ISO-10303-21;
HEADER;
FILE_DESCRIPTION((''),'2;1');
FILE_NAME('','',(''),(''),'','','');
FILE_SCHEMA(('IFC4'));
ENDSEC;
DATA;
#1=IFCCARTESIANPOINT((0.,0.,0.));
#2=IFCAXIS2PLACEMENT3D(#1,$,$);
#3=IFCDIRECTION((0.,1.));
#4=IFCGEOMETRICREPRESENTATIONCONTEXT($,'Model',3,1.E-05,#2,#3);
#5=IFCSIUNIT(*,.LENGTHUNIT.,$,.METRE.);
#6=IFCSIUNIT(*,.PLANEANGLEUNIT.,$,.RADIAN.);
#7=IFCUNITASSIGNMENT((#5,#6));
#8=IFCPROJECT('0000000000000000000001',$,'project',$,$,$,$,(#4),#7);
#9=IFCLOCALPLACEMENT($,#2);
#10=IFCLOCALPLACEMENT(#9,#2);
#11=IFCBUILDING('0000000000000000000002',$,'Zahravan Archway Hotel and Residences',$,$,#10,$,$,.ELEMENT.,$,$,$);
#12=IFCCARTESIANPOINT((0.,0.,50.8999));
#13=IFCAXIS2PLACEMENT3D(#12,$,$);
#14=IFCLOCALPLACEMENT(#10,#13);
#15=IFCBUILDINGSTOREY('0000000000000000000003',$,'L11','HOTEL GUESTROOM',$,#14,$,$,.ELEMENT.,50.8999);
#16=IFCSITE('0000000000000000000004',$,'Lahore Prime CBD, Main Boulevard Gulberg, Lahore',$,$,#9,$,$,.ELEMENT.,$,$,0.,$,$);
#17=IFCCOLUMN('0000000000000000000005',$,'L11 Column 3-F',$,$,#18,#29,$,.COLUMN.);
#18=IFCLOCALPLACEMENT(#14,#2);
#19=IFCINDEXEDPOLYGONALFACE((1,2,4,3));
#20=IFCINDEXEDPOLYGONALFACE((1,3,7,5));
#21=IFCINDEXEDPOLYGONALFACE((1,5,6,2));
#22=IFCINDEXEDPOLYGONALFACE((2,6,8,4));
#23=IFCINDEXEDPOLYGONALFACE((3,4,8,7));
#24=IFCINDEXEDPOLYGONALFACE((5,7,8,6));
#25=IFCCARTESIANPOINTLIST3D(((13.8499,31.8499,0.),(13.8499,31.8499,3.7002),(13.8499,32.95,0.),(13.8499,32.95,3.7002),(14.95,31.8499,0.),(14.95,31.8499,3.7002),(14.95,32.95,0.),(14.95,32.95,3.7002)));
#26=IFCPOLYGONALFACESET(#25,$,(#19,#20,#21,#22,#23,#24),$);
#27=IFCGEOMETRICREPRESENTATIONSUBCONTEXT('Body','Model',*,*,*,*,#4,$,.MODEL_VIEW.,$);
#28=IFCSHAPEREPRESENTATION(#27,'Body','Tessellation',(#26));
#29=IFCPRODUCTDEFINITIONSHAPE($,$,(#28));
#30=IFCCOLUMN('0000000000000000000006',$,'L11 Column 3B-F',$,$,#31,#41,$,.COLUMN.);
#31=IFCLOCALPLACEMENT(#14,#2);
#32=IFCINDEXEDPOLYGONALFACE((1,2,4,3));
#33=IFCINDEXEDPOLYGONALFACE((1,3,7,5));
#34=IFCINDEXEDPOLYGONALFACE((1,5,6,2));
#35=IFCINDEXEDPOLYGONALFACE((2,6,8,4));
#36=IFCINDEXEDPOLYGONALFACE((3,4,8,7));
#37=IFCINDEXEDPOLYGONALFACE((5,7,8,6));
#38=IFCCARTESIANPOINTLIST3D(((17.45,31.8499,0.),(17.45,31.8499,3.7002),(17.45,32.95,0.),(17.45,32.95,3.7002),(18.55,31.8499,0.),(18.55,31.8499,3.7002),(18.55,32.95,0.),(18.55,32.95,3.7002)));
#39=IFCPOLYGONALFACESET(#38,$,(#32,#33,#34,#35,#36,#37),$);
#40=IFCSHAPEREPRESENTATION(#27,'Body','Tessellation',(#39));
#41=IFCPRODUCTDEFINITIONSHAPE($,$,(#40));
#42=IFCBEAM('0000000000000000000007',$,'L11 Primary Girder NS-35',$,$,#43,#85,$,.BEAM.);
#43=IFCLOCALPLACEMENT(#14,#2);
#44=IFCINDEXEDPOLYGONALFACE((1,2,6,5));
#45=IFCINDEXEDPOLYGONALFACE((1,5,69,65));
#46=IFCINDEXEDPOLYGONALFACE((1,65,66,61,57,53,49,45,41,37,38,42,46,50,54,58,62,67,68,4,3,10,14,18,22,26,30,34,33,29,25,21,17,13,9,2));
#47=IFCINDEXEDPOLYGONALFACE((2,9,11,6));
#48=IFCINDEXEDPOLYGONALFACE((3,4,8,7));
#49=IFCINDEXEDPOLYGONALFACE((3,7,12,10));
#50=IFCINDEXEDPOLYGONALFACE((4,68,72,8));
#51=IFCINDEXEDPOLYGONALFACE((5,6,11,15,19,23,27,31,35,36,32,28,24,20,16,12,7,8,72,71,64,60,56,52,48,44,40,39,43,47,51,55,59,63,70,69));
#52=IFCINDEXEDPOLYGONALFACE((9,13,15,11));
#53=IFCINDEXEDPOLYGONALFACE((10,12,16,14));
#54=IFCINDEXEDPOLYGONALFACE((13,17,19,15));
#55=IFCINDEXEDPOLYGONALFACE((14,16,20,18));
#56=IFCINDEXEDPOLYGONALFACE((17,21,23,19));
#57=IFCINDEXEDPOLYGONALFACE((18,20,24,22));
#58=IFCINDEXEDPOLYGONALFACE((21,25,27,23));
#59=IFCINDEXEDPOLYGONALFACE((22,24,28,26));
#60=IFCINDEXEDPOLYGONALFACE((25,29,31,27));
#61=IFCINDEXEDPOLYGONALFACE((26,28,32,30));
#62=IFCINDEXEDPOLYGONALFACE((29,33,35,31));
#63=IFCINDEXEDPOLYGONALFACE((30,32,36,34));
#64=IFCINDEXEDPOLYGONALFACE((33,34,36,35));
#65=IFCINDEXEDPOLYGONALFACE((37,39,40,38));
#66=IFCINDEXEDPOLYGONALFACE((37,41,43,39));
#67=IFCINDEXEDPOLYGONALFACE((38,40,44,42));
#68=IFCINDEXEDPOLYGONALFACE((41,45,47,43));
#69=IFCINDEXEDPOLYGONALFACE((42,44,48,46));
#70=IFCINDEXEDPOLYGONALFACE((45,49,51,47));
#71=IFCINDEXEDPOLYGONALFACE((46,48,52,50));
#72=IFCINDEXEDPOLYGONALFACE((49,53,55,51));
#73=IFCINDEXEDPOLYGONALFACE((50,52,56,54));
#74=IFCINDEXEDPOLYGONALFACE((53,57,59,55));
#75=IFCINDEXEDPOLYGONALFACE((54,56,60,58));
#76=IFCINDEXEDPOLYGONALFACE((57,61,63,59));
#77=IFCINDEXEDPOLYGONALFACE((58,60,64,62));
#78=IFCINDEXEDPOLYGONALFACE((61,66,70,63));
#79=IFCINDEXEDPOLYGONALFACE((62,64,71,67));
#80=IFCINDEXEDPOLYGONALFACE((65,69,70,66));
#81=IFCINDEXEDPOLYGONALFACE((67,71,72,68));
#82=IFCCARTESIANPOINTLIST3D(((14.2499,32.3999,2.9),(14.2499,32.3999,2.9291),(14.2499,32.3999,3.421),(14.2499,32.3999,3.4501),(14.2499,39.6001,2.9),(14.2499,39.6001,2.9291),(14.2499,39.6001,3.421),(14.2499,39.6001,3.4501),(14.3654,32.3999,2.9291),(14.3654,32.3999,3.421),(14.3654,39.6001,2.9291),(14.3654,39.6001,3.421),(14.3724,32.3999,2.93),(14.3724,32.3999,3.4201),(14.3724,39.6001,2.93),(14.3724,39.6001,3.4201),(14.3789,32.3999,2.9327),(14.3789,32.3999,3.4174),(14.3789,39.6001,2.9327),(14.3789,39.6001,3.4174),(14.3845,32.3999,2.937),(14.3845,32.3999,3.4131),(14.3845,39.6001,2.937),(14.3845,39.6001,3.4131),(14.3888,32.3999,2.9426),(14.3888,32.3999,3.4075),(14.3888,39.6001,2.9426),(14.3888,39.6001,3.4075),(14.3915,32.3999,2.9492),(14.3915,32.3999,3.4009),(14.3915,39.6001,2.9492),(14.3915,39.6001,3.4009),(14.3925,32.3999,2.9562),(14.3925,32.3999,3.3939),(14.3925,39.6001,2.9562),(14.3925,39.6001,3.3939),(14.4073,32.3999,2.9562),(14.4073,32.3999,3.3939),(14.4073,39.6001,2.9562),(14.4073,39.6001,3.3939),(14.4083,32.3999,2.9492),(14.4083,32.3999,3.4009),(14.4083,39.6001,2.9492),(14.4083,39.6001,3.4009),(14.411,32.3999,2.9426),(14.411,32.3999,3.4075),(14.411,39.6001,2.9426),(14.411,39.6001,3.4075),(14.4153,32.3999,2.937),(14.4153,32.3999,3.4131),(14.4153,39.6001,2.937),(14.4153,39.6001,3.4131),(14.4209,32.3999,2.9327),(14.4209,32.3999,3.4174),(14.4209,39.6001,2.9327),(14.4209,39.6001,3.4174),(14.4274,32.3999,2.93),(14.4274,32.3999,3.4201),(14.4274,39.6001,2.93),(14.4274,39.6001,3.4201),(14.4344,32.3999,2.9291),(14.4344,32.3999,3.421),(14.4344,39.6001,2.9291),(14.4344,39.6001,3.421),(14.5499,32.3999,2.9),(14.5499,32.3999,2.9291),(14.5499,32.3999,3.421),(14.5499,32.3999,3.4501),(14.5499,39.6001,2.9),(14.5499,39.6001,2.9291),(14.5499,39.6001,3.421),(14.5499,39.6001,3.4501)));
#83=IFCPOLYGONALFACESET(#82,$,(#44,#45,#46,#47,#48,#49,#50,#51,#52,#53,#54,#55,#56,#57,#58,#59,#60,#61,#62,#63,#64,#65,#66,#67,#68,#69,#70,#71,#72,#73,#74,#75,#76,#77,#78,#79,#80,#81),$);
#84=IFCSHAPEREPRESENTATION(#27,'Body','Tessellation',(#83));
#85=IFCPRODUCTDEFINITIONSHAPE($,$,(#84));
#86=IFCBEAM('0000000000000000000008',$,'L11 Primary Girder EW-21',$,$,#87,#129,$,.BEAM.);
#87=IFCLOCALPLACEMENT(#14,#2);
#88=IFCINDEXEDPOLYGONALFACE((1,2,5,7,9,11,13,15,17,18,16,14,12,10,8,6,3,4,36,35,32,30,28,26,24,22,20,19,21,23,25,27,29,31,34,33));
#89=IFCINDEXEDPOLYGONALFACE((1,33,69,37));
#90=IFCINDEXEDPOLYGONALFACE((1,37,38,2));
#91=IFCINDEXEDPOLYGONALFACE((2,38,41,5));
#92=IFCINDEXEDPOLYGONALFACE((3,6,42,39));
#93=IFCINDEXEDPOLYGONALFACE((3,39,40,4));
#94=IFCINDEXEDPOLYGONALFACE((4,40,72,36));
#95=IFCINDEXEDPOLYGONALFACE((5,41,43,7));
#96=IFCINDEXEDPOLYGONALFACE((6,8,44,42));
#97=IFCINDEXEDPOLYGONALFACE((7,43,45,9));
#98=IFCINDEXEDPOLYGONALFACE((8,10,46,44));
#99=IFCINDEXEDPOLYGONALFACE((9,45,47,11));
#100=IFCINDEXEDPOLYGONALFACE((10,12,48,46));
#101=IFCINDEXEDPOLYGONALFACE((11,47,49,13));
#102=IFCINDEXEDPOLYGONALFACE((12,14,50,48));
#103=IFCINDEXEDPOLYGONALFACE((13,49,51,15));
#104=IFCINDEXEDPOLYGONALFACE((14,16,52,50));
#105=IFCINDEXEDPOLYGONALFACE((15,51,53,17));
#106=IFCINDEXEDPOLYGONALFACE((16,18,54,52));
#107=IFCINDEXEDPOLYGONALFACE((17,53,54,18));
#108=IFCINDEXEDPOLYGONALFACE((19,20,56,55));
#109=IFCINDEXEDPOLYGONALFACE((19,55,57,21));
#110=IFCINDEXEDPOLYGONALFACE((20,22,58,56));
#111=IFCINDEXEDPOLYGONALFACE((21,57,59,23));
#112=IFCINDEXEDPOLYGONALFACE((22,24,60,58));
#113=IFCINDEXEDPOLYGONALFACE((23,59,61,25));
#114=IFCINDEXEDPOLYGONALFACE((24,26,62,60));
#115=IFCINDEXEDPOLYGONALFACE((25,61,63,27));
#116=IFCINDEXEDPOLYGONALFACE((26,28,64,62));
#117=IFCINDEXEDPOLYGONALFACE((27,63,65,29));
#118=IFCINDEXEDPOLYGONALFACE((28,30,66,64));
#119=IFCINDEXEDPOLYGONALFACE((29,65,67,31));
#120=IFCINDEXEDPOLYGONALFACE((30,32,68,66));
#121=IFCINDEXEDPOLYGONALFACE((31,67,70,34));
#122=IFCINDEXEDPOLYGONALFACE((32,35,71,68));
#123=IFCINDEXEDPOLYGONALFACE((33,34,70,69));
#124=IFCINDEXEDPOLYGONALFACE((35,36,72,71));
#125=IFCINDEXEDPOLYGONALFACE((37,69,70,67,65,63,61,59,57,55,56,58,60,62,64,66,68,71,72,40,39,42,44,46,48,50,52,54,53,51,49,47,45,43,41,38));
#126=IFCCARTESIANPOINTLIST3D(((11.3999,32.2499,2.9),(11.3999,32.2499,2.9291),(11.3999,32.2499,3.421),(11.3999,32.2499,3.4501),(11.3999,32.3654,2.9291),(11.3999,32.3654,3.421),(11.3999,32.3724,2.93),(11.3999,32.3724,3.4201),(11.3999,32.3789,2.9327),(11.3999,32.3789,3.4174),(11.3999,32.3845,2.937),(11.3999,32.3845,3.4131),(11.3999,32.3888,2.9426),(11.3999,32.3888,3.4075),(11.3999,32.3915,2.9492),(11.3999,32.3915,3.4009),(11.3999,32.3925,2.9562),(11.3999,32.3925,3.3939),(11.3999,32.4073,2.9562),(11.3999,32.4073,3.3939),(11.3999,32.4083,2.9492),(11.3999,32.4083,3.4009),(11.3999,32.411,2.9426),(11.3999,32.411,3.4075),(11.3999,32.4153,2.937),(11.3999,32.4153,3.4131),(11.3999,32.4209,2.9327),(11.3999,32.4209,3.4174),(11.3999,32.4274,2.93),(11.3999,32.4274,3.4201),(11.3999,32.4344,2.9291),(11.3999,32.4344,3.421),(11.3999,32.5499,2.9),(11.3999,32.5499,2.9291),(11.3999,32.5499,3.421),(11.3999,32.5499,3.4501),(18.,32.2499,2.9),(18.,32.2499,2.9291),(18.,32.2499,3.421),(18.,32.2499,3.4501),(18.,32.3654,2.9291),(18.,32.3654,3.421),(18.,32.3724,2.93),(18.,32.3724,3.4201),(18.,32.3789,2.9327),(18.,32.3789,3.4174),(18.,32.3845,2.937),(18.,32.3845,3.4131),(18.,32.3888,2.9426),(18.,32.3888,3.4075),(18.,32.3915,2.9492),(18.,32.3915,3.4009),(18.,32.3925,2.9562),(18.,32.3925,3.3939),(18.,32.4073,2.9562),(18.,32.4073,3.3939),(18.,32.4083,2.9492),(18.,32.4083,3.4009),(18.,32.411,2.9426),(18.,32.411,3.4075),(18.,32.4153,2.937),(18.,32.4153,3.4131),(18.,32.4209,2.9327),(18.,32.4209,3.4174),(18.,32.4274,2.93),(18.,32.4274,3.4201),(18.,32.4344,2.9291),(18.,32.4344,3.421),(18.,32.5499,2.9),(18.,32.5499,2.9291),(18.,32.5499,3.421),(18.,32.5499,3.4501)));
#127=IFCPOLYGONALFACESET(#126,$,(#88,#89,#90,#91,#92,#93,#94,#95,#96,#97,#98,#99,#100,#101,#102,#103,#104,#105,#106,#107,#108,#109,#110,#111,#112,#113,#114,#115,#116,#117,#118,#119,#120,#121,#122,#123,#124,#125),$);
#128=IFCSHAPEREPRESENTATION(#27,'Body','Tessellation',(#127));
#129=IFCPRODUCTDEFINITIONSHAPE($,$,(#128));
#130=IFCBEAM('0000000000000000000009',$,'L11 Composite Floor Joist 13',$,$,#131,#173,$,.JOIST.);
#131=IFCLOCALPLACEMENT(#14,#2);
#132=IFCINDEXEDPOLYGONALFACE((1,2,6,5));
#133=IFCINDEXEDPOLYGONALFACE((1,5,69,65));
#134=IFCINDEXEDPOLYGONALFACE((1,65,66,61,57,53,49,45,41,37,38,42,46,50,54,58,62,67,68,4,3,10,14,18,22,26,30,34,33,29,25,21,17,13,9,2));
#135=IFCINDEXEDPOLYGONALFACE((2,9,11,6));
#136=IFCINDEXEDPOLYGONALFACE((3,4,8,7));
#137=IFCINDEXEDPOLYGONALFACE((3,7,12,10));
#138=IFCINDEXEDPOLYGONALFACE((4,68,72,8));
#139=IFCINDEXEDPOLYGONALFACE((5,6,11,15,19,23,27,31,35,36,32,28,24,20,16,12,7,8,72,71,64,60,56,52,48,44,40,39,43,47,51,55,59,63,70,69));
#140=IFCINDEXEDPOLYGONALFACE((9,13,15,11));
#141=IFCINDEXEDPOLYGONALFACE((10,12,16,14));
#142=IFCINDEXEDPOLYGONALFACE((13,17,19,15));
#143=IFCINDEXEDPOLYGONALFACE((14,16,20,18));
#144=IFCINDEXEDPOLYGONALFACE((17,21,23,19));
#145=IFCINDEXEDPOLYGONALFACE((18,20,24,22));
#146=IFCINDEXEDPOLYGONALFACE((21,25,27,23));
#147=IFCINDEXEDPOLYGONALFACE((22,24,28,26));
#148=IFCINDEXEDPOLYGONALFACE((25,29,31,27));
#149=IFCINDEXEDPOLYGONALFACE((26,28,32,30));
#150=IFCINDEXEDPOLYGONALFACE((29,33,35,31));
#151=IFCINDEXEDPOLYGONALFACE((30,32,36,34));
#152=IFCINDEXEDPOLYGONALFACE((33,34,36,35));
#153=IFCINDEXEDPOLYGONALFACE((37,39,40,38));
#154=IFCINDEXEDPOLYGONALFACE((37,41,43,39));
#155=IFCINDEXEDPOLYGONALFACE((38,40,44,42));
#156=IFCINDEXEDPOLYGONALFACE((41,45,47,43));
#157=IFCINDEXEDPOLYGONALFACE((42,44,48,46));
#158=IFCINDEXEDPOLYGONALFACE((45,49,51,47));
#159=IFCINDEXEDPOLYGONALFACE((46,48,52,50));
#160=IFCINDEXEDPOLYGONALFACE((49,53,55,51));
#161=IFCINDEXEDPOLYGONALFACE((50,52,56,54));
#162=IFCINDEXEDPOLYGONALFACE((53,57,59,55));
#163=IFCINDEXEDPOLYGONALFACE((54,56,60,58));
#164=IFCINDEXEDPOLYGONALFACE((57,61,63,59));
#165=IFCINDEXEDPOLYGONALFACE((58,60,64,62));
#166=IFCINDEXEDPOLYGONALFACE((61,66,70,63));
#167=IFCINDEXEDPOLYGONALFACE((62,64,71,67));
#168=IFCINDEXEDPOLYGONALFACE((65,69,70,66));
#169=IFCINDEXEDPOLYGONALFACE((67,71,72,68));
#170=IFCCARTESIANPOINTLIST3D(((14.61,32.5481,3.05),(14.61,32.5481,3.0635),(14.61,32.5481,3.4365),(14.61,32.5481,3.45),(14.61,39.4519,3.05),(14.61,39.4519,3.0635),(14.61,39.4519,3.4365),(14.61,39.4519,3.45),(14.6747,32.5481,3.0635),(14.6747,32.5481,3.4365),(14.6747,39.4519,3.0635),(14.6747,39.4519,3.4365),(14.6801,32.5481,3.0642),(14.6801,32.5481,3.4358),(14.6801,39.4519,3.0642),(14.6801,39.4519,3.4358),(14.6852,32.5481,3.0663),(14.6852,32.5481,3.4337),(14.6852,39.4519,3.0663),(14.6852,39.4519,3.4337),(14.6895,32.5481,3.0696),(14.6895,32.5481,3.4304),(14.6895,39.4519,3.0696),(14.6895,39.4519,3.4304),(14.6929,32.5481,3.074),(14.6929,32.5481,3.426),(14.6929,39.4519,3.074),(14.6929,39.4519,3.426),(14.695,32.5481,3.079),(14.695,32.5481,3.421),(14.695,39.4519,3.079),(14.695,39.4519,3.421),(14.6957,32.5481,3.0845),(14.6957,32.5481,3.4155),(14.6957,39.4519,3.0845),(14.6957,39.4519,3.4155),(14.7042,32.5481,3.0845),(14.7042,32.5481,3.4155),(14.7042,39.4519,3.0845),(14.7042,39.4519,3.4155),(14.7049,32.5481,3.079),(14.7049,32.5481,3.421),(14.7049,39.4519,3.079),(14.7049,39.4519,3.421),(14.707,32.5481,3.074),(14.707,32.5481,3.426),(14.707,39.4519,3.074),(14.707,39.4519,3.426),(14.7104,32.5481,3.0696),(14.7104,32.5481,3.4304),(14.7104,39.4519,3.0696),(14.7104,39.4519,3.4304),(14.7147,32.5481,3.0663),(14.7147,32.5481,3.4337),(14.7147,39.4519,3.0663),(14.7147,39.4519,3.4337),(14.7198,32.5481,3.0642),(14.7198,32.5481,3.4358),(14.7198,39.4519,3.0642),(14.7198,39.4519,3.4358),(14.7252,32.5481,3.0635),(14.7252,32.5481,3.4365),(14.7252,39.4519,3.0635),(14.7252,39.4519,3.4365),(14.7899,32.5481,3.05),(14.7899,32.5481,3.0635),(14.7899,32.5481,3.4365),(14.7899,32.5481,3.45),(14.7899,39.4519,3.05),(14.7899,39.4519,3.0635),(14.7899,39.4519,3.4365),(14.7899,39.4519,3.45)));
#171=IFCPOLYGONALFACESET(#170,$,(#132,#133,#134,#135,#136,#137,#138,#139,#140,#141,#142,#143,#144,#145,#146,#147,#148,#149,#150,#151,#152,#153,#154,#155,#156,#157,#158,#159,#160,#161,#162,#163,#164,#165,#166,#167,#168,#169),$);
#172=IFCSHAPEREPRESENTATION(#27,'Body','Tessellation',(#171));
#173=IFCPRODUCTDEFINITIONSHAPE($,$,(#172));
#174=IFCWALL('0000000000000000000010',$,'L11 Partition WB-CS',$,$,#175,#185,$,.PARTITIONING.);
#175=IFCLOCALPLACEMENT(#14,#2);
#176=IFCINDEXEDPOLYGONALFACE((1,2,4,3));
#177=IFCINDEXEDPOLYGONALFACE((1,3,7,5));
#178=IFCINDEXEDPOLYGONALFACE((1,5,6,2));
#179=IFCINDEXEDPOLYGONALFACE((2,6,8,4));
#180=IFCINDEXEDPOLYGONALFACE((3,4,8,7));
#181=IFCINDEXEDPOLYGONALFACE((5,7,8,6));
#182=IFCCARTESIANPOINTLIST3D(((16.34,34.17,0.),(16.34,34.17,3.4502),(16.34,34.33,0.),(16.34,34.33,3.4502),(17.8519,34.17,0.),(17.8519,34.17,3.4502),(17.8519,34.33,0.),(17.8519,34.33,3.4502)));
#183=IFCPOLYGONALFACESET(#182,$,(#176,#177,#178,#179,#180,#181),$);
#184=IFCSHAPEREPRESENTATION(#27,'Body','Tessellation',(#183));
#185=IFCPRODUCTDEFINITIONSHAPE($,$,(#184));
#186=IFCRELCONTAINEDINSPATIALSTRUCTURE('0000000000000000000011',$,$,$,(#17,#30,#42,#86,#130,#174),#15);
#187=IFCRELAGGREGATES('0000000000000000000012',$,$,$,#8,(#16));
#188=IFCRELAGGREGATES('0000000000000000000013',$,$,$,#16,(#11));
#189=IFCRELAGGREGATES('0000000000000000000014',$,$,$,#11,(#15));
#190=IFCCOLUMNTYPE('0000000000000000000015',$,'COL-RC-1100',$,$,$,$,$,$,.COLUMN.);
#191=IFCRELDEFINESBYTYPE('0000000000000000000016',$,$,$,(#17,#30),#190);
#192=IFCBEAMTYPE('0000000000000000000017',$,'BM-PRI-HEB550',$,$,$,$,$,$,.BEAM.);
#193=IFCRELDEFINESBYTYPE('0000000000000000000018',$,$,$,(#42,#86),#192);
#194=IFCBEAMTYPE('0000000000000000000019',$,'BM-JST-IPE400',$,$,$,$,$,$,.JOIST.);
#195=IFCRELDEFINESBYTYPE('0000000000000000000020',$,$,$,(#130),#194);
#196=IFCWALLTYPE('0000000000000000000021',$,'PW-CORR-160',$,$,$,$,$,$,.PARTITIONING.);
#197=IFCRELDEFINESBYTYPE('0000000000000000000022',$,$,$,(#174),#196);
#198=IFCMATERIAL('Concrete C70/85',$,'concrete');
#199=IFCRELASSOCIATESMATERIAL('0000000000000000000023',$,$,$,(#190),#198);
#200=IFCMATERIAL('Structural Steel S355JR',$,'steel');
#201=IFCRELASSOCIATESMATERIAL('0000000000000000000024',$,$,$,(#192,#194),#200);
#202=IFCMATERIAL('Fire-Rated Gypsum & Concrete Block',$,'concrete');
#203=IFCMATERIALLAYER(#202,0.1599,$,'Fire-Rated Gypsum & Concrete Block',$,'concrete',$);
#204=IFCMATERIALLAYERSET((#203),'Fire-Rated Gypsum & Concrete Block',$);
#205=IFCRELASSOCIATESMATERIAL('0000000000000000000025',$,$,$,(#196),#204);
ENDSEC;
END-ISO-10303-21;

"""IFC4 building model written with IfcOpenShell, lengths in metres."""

from ifc_helpers import new_model, si_unit, direction, frame, frame_2d, origin, origin_2d, place, context, subcontext, project, spatial, rectangle, i_section, extrude, source, transform, mapped, material, layer, layer_set, material_profile, profile_set, type_object, type_shapes, element, save


model = new_model("IFC4")

# Units and contexts
model_context = context("Model", 3, precision=1e-05, world=origin(), true_north=direction((0.0, 1.0)))
body_context = subcontext(model_context, "Body", "Model", "MODEL_VIEW")
ifc_project = project(units=[si_unit("LENGTHUNIT", "METRE"), si_unit("PLANEANGLEUNIT", "RADIAN")], contexts=[model_context])

# Site, building, storey
site_placement = place(None, origin())
site = spatial("IfcSite", under=ifc_project, at=site_placement, Name="Lahore Prime CBD, Main Boulevard Gulberg, Lahore", CompositionType="ELEMENT", RefElevation=0.0)
building_placement = place(site_placement, origin())
building = spatial("IfcBuilding", under=site, at=building_placement, Name="Zahravan Archway Hotel and Residences", CompositionType="ELEMENT")
storey_placement = place(building_placement, frame((0.0, 0.0, 50.8999)))
storey = spatial("IfcBuildingStorey", under=building, at=storey_placement, Name="L11", Description="HOTEL GUESTROOM", CompositionType="ELEMENT", Elevation=50.8999)

# Columns
ifc_material_1 = material(Name="Concrete C70/85", Category="concrete")
ifc_material_profile_1 = material_profile(ifc_material_1, rectangle(XDim=1.1001, YDim=1.1001, at=origin_2d()), Name="RC 1100x1100", Category="concrete")
ifc_profile_set_1 = profile_set([ifc_material_profile_1], Name="Concrete C70/85")
column_type = type_object("IfcColumnType", Name="COL-RC-1100", PredefinedType="COLUMN", material=ifc_profile_set_1)
shared_shape_1 = source(origin(), body_context, "Body", "SweptSolid", [
    extrude(rectangle(XDim=1.1001, YDim=1.1001, at=origin_2d()), origin(), (0.0, 0.0, 1.0), 3.7002),
])
for number, where, z_axis, x_axis, name in (
    (1, (14.3999, 32.3999, 0.0), (0.0, 0.0, 1.0), (1.0, 0.0, 0.0), "L11 Column 3-F"),
    (2, (18.0, 32.3999, 0.0), (0.0, 0.0, 1.0), (1.0, 0.0, 0.0), "L11 Column 3B-F"),
):
    element("IfcColumn", number, at=place(storey_placement, frame(where, z_axis=z_axis, x_axis=x_axis)), inside=storey, type_object=column_type, Name=name, PredefinedType="COLUMN", context=body_context, shape_type="MappedRepresentation", body=[
        mapped(shared_shape_1, transform((0.0, 0.0, 0.0), scale=1.0)),
    ])

# Beams
ifc_material_2 = material(Name="Structural Steel S355JR", Category="steel")
ifc_material_profile_2 = material_profile(ifc_material_2, i_section(OverallWidth=0.3, OverallDepth=0.55, WebThickness=0.0149, FlangeThickness=0.0291, FilletRadius=0.0271, at=origin_2d()), Name="HEB 550", Category="steel")
ifc_profile_set_2 = profile_set([ifc_material_profile_2], Name="Structural Steel S355JR")
beam_type_1 = type_object("IfcBeamType", Name="BM-PRI-HEB550", PredefinedType="BEAM", material=ifc_profile_set_2)
shared_shape_2 = source(origin(), body_context, "Body", "SweptSolid", [
    extrude(i_section(OverallWidth=0.3, OverallDepth=0.55, WebThickness=0.0149, FlangeThickness=0.0291, FilletRadius=0.0271, at=origin_2d()), origin(), (0.0, 0.0, 1.0), 7.2002),
])
type_shapes(beam_type_1, [shared_shape_2])
beam_1_placement = place(storey_placement, frame((14.3999, 32.3999, 3.175), z_axis=(0.0, 1.0, 0.0), x_axis=(-1.0, 0.0, 0.0)))
element("IfcBeam", 3, at=beam_1_placement, inside=storey, type_object=beam_type_1, Name="L11 Primary Girder NS-35", PredefinedType="BEAM", context=body_context, shape_type="MappedRepresentation", body=[
    mapped(shared_shape_2, transform((0.0, 0.0, 0.0), scale=1.0)),
])
shared_shape_3 = source(origin(), body_context, "Body", "SweptSolid", [
    extrude(i_section(OverallWidth=0.3, OverallDepth=0.55, WebThickness=0.0149, FlangeThickness=0.0291, FilletRadius=0.0271, at=origin_2d()), origin(), (0.0, 0.0, 1.0), 6.6001),
])
beam_2_placement = place(storey_placement, frame((11.3999, 32.3999, 3.175), z_axis=(1.0, 0.0, 0.0), x_axis=(0.0, 1.0, 0.0)))
element("IfcBeam", 4, at=beam_2_placement, inside=storey, type_object=beam_type_1, Name="L11 Primary Girder EW-21", PredefinedType="BEAM", context=body_context, shape_type="MappedRepresentation", body=[
    mapped(shared_shape_3, transform((0.0, 0.0, 0.0), scale=1.0)),
])
ifc_material_profile_3 = material_profile(ifc_material_2, i_section(OverallWidth=0.1799, OverallDepth=0.3999, WebThickness=0.0085, FlangeThickness=0.0134, FilletRadius=0.021, at=origin_2d()), Name="IPE 400", Category="steel")
ifc_profile_set_3 = profile_set([ifc_material_profile_3], Name="Structural Steel S355JR")
beam_type_2 = type_object("IfcBeamType", Name="BM-JST-IPE400", PredefinedType="JOIST", material=ifc_profile_set_3)
shared_shape_4 = source(origin(), body_context, "Body", "SweptSolid", [
    extrude(i_section(OverallWidth=0.1799, OverallDepth=0.3999, WebThickness=0.0085, FlangeThickness=0.0134, FilletRadius=0.021, at=origin_2d()), origin(), (0.0, 0.0, 1.0), 6.9038),
])
beam_3_placement = place(storey_placement, frame((14.7, 32.5481, 3.25), z_axis=(0.0, 1.0, 0.0), x_axis=(-1.0, 0.0, 0.0)))
element("IfcBeam", 5, at=beam_3_placement, inside=storey, type_object=beam_type_2, Name="L11 Composite Floor Joist 13", PredefinedType="JOIST", context=body_context, shape_type="MappedRepresentation", body=[
    mapped(shared_shape_4, transform((0.0, 0.0, 0.0), scale=1.0)),
])

# Wall
ifc_material_3 = material(Name="Fire-Rated Gypsum & Concrete Block", Category="concrete")
ifc_layer_1 = layer(ifc_material_3, 0.1599, Name="Fire-Rated Gypsum & Concrete Block", Category="concrete")
ifc_layer_set_1 = layer_set([ifc_layer_1], Name="Fire-Rated Gypsum & Concrete Block")
wall_type_1 = type_object("IfcWallType", Name="PW-CORR-160", PredefinedType="PARTITIONING", material=ifc_layer_set_1)
wall_1_placement = place(storey_placement, frame((16.3401, 34.25, 0.0), z_axis=(0.0, 0.0, 1.0), x_axis=(1.0, 0.0, 0.0)))
element("IfcWall", 6, at=wall_1_placement, inside=storey, type_object=wall_type_1, Name="L11 Partition WB-CS", PredefinedType="PARTITIONING", context=body_context, shape_type="SweptSolid", body=[
    extrude(rectangle(XDim=1.512, YDim=0.1599, at=frame_2d((0.7559, 0.0))), origin(), (0.0, 0.0, 1.0), 3.4502),
])

save(model, "model.ifc")
